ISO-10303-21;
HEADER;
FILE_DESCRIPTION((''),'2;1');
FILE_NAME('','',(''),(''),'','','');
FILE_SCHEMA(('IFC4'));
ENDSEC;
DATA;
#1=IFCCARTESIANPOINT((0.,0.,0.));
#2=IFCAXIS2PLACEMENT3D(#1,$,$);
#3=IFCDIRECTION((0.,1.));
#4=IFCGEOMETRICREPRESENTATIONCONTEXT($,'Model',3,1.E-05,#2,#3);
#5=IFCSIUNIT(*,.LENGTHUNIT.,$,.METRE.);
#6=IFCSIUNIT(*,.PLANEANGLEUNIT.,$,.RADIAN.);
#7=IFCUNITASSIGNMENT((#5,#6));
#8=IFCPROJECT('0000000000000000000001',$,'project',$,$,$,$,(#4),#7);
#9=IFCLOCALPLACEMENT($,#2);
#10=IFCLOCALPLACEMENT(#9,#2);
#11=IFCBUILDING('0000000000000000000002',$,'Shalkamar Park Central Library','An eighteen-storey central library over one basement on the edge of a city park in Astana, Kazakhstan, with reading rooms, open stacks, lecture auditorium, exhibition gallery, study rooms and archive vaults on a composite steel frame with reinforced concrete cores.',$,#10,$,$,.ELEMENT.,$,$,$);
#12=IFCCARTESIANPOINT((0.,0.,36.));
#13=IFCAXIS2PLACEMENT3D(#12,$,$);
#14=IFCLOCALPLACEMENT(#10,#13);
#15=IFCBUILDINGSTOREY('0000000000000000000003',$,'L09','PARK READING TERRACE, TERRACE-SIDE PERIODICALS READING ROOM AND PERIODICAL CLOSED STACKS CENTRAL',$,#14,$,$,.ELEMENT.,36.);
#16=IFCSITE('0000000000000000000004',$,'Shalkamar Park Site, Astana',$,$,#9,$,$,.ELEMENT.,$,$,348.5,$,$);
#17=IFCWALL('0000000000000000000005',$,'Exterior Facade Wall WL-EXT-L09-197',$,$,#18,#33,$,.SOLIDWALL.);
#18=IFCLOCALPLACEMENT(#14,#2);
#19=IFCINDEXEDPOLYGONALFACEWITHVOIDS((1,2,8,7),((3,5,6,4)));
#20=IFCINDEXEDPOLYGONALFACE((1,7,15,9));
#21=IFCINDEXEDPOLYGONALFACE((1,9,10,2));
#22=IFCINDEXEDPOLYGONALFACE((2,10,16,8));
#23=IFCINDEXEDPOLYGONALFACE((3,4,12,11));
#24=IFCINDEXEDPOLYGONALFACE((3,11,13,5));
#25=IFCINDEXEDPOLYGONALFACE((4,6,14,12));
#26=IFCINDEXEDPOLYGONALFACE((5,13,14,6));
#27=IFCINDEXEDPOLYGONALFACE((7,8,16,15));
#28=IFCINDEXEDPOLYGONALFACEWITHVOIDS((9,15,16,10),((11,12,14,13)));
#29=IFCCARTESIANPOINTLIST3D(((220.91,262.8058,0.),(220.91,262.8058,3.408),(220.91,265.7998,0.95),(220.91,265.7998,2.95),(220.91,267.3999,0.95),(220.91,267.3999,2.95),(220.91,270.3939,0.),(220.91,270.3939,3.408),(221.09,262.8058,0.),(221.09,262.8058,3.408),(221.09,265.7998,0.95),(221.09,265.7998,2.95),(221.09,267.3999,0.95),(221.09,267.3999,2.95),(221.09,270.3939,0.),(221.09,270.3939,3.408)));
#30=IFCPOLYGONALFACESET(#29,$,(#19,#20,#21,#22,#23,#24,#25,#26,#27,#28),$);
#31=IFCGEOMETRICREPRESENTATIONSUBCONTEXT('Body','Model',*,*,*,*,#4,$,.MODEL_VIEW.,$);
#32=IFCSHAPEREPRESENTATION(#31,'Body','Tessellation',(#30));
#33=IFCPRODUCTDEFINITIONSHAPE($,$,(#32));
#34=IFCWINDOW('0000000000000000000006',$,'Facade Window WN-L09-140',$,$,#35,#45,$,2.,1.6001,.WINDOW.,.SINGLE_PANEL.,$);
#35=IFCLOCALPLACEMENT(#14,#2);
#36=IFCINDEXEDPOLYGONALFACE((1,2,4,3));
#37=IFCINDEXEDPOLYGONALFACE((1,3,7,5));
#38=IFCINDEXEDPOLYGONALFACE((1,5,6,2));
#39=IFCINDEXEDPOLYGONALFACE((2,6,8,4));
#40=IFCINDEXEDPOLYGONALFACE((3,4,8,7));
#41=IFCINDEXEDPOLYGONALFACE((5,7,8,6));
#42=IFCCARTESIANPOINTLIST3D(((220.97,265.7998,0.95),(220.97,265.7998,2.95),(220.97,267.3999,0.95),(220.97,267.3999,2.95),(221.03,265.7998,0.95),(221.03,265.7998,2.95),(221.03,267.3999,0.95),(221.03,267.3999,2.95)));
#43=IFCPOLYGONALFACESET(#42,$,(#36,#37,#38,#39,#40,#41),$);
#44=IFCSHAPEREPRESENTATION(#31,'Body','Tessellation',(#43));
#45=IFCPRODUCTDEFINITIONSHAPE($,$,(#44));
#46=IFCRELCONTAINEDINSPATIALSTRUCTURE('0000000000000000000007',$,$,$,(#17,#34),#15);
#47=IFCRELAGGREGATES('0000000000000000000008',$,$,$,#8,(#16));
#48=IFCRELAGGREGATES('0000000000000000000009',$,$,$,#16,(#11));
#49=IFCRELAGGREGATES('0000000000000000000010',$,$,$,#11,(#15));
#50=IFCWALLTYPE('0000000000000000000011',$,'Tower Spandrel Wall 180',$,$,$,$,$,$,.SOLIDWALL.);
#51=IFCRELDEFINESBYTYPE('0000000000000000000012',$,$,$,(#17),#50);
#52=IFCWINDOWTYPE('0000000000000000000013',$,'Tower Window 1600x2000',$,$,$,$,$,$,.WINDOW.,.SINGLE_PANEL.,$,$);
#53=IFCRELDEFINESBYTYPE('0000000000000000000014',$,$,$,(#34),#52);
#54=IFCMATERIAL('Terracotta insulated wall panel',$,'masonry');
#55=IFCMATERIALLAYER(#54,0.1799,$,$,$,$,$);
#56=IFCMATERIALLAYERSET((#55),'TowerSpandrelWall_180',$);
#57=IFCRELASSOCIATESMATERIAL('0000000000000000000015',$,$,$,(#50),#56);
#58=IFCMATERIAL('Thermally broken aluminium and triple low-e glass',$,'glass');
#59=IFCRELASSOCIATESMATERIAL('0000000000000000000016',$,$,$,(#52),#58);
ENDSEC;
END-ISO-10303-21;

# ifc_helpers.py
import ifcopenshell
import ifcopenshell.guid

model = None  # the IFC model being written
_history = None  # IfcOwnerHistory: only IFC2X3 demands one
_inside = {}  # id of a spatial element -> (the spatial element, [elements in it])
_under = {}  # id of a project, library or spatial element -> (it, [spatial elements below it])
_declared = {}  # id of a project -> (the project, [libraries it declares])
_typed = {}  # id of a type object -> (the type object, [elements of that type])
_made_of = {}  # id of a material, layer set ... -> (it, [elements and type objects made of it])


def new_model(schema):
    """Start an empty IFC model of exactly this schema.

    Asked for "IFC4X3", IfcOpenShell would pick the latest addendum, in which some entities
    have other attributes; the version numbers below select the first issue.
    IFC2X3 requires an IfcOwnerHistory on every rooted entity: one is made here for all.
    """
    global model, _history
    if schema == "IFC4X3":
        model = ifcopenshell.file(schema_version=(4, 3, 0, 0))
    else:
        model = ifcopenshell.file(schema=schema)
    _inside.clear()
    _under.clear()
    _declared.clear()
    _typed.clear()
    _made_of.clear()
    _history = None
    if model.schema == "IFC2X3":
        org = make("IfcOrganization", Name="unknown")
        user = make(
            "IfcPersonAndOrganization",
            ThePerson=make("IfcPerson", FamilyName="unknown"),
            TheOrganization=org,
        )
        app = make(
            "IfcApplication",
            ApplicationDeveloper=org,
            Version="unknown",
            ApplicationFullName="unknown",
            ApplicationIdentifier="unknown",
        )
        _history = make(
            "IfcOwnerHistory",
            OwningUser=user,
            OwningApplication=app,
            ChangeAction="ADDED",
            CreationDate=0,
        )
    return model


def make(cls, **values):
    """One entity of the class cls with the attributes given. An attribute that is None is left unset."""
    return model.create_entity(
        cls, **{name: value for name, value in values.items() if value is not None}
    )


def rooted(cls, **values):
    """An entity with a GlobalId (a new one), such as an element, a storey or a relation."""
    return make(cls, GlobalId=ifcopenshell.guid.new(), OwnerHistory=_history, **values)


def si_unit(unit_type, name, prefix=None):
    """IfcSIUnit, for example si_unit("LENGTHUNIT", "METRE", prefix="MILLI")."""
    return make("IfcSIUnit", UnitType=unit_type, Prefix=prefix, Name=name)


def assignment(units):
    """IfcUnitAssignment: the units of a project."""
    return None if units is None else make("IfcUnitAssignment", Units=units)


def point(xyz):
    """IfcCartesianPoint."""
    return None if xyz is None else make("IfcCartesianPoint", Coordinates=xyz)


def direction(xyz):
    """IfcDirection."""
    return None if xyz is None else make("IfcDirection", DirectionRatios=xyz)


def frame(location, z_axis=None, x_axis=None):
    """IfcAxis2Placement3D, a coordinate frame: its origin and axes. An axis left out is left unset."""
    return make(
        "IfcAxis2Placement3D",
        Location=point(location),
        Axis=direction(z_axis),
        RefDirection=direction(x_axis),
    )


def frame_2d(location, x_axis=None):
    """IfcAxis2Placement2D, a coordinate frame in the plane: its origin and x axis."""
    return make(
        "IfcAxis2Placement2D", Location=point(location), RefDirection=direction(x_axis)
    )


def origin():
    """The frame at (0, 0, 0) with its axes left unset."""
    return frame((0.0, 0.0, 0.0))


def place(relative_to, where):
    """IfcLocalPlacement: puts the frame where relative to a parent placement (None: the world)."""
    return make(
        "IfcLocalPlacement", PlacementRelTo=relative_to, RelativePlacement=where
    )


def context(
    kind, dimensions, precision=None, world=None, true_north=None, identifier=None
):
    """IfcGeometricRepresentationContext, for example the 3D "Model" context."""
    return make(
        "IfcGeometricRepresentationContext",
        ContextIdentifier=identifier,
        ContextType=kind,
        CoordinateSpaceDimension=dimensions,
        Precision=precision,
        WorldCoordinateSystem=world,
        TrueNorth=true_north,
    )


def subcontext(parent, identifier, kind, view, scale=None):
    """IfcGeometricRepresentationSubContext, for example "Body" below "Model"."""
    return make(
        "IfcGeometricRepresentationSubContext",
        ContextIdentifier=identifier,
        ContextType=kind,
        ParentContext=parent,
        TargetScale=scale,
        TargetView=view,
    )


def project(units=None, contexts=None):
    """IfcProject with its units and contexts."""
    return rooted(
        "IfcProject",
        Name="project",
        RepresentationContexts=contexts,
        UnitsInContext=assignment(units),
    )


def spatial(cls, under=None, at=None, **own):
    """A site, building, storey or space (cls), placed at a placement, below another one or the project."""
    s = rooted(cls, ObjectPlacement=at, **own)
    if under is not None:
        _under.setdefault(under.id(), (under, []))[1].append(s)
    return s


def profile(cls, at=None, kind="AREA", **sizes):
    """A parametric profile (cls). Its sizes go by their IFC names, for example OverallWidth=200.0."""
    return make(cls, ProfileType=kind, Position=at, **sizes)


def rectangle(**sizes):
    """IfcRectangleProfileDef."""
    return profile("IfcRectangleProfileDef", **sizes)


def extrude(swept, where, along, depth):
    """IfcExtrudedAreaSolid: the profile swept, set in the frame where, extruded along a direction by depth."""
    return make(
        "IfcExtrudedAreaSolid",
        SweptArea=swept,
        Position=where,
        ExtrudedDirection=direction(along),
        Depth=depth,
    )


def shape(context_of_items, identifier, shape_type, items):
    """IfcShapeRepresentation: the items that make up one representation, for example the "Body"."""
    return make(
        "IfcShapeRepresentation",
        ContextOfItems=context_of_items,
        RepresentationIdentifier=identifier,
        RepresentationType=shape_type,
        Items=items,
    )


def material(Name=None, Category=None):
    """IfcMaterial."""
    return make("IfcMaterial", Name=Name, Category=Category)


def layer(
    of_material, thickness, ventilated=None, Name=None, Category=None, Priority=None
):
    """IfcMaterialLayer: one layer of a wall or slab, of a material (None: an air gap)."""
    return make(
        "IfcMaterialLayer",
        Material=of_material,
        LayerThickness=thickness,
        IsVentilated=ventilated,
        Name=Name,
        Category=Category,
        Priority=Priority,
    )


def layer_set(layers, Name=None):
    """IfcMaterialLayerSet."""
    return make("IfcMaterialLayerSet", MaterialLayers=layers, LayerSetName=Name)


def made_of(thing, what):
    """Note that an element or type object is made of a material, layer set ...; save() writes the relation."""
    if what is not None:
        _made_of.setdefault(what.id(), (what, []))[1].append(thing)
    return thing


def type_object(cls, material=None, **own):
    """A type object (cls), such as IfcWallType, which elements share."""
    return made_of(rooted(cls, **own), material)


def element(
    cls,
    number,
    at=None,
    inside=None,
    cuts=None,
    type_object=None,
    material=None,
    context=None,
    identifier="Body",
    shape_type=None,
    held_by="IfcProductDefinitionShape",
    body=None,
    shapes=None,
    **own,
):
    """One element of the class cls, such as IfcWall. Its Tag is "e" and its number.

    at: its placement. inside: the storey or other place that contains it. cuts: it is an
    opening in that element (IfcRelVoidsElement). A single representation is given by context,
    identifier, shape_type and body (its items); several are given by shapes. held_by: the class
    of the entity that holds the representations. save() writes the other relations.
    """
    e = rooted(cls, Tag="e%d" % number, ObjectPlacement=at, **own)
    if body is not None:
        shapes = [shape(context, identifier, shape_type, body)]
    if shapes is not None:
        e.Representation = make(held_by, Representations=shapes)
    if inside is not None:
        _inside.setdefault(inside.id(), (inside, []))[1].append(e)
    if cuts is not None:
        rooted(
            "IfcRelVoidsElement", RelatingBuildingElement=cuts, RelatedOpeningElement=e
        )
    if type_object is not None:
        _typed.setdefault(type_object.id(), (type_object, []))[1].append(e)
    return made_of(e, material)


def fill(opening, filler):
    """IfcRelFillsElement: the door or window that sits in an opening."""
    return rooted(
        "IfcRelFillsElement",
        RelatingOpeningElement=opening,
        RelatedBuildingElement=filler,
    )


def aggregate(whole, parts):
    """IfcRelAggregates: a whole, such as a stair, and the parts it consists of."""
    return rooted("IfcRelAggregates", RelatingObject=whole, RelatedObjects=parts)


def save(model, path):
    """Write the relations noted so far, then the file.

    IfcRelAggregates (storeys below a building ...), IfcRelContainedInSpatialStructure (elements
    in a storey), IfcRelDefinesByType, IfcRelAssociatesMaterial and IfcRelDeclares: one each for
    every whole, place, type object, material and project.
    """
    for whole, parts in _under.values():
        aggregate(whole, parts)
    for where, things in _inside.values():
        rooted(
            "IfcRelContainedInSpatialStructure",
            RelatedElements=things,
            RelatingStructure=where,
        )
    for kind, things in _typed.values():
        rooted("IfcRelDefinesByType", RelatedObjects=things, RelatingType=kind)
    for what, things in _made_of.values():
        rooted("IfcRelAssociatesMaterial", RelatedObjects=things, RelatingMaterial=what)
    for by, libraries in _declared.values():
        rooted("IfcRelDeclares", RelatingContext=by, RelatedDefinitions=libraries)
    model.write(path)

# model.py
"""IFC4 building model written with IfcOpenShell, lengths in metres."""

from ifc_helpers import new_model, si_unit, direction, frame, frame_2d, origin, place, context, subcontext, project, spatial, rectangle, extrude, material, layer, layer_set, type_object, element, fill, save


model = new_model("IFC4")

# Units and contexts
model_context = context("Model", 3, precision=1e-05, world=origin(), true_north=direction((0.0, 1.0)))
body_context = subcontext(model_context, "Body", "Model", "MODEL_VIEW")
ifc_project = project(units=[si_unit("LENGTHUNIT", "METRE"), si_unit("PLANEANGLEUNIT", "RADIAN")], contexts=[model_context])

# Site, building, storey
site_placement = place(None, origin())
site = spatial("IfcSite", under=ifc_project, at=site_placement, Name="Shalkamar Park Site, Astana", CompositionType="ELEMENT", RefElevation=348.5)
building_placement = place(site_placement, origin())
building = spatial("IfcBuilding", under=site, at=building_placement, Name="Shalkamar Park Central Library", Description="An eighteen-storey central library over one basement on the edge of a city park in Astana, Kazakhstan, with reading rooms, open stacks, lecture auditorium, exhibition gallery, study rooms and archive vaults on a composite steel frame with reinforced concrete cores.", CompositionType="ELEMENT")
storey_placement = place(building_placement, frame((0.0, 0.0, 36.0)))
storey = spatial("IfcBuildingStorey", under=building, at=storey_placement, Name="L09", Description="PARK READING TERRACE, TERRACE-SIDE PERIODICALS READING ROOM AND PERIODICAL CLOSED STACKS CENTRAL", CompositionType="ELEMENT", Elevation=36.0)

# Wall, opening, window
ifc_material_1 = material(Name="Terracotta insulated wall panel", Category="masonry")
ifc_layer = layer(ifc_material_1, 0.1799)
ifc_layer_set = layer_set([ifc_layer], Name="TowerSpandrelWall_180")
wall_type = type_object("IfcWallType", Name="Tower Spandrel Wall 180", PredefinedType="SOLIDWALL", material=ifc_layer_set)
ifc_material_2 = material(Name="Thermally broken aluminium and triple low-e glass", Category="glass")
wall_1_placement = place(storey_placement, frame((221.0, 262.8059, 0.0), z_axis=(0.0, 0.0, 1.0), x_axis=(0.0, 1.0, 0.0)))
wall_1 = element("IfcWall", 1, at=wall_1_placement, inside=storey, type_object=wall_type, Name="Exterior Facade Wall WL-EXT-L09-197", PredefinedType="SOLIDWALL", context=body_context, shape_type="SweptSolid", body=[
    extrude(rectangle(XDim=7.5881, YDim=0.1799, at=frame_2d((3.7939, 0.0))), origin(), (0.0, 0.0, 1.0), 3.408),
])
opening_1_placement = place(wall_1_placement, frame((2.9939, 0.0, 0.95)))
opening_1 = element("IfcOpeningElement", 2, at=opening_1_placement, cuts=wall_1, PredefinedType="OPENING", context=body_context, shape_type="SweptSolid", body=[
    extrude(rectangle(XDim=1.6001, YDim=2.0, at=frame_2d((0.8, 1.0))), frame((0.0, 0.105, 0.0), z_axis=(0.0, -1.0, 0.0), x_axis=(1.0, 0.0, 0.0)), (0.0, 0.0, 1.0), 0.2097),
])
window_type_1 = type_object("IfcWindowType", Name="Tower Window 1600x2000", PartitioningType="SINGLE_PANEL", PredefinedType="WINDOW", material=ifc_material_2)
window_1_placement = place(opening_1_placement, origin())
window_1 = element("IfcWindow", 3, at=window_1_placement, inside=storey, type_object=window_type_1, Name="Facade Window WN-L09-140", OverallHeight=2.0, OverallWidth=1.6001, PartitioningType="SINGLE_PANEL", PredefinedType="WINDOW", context=body_context, shape_type="SweptSolid", body=[
    extrude(rectangle(XDim=1.6001, YDim=2.0, at=frame_2d((0.8, 1.0))), frame((0.0, 0.03, 0.0), z_axis=(0.0, -1.0, 0.0), x_axis=(1.0, 0.0, 0.0)), (0.0, 0.0, 1.0), 0.0601),
])
fill(opening_1, window_1)

save(model, "model.ifc")
